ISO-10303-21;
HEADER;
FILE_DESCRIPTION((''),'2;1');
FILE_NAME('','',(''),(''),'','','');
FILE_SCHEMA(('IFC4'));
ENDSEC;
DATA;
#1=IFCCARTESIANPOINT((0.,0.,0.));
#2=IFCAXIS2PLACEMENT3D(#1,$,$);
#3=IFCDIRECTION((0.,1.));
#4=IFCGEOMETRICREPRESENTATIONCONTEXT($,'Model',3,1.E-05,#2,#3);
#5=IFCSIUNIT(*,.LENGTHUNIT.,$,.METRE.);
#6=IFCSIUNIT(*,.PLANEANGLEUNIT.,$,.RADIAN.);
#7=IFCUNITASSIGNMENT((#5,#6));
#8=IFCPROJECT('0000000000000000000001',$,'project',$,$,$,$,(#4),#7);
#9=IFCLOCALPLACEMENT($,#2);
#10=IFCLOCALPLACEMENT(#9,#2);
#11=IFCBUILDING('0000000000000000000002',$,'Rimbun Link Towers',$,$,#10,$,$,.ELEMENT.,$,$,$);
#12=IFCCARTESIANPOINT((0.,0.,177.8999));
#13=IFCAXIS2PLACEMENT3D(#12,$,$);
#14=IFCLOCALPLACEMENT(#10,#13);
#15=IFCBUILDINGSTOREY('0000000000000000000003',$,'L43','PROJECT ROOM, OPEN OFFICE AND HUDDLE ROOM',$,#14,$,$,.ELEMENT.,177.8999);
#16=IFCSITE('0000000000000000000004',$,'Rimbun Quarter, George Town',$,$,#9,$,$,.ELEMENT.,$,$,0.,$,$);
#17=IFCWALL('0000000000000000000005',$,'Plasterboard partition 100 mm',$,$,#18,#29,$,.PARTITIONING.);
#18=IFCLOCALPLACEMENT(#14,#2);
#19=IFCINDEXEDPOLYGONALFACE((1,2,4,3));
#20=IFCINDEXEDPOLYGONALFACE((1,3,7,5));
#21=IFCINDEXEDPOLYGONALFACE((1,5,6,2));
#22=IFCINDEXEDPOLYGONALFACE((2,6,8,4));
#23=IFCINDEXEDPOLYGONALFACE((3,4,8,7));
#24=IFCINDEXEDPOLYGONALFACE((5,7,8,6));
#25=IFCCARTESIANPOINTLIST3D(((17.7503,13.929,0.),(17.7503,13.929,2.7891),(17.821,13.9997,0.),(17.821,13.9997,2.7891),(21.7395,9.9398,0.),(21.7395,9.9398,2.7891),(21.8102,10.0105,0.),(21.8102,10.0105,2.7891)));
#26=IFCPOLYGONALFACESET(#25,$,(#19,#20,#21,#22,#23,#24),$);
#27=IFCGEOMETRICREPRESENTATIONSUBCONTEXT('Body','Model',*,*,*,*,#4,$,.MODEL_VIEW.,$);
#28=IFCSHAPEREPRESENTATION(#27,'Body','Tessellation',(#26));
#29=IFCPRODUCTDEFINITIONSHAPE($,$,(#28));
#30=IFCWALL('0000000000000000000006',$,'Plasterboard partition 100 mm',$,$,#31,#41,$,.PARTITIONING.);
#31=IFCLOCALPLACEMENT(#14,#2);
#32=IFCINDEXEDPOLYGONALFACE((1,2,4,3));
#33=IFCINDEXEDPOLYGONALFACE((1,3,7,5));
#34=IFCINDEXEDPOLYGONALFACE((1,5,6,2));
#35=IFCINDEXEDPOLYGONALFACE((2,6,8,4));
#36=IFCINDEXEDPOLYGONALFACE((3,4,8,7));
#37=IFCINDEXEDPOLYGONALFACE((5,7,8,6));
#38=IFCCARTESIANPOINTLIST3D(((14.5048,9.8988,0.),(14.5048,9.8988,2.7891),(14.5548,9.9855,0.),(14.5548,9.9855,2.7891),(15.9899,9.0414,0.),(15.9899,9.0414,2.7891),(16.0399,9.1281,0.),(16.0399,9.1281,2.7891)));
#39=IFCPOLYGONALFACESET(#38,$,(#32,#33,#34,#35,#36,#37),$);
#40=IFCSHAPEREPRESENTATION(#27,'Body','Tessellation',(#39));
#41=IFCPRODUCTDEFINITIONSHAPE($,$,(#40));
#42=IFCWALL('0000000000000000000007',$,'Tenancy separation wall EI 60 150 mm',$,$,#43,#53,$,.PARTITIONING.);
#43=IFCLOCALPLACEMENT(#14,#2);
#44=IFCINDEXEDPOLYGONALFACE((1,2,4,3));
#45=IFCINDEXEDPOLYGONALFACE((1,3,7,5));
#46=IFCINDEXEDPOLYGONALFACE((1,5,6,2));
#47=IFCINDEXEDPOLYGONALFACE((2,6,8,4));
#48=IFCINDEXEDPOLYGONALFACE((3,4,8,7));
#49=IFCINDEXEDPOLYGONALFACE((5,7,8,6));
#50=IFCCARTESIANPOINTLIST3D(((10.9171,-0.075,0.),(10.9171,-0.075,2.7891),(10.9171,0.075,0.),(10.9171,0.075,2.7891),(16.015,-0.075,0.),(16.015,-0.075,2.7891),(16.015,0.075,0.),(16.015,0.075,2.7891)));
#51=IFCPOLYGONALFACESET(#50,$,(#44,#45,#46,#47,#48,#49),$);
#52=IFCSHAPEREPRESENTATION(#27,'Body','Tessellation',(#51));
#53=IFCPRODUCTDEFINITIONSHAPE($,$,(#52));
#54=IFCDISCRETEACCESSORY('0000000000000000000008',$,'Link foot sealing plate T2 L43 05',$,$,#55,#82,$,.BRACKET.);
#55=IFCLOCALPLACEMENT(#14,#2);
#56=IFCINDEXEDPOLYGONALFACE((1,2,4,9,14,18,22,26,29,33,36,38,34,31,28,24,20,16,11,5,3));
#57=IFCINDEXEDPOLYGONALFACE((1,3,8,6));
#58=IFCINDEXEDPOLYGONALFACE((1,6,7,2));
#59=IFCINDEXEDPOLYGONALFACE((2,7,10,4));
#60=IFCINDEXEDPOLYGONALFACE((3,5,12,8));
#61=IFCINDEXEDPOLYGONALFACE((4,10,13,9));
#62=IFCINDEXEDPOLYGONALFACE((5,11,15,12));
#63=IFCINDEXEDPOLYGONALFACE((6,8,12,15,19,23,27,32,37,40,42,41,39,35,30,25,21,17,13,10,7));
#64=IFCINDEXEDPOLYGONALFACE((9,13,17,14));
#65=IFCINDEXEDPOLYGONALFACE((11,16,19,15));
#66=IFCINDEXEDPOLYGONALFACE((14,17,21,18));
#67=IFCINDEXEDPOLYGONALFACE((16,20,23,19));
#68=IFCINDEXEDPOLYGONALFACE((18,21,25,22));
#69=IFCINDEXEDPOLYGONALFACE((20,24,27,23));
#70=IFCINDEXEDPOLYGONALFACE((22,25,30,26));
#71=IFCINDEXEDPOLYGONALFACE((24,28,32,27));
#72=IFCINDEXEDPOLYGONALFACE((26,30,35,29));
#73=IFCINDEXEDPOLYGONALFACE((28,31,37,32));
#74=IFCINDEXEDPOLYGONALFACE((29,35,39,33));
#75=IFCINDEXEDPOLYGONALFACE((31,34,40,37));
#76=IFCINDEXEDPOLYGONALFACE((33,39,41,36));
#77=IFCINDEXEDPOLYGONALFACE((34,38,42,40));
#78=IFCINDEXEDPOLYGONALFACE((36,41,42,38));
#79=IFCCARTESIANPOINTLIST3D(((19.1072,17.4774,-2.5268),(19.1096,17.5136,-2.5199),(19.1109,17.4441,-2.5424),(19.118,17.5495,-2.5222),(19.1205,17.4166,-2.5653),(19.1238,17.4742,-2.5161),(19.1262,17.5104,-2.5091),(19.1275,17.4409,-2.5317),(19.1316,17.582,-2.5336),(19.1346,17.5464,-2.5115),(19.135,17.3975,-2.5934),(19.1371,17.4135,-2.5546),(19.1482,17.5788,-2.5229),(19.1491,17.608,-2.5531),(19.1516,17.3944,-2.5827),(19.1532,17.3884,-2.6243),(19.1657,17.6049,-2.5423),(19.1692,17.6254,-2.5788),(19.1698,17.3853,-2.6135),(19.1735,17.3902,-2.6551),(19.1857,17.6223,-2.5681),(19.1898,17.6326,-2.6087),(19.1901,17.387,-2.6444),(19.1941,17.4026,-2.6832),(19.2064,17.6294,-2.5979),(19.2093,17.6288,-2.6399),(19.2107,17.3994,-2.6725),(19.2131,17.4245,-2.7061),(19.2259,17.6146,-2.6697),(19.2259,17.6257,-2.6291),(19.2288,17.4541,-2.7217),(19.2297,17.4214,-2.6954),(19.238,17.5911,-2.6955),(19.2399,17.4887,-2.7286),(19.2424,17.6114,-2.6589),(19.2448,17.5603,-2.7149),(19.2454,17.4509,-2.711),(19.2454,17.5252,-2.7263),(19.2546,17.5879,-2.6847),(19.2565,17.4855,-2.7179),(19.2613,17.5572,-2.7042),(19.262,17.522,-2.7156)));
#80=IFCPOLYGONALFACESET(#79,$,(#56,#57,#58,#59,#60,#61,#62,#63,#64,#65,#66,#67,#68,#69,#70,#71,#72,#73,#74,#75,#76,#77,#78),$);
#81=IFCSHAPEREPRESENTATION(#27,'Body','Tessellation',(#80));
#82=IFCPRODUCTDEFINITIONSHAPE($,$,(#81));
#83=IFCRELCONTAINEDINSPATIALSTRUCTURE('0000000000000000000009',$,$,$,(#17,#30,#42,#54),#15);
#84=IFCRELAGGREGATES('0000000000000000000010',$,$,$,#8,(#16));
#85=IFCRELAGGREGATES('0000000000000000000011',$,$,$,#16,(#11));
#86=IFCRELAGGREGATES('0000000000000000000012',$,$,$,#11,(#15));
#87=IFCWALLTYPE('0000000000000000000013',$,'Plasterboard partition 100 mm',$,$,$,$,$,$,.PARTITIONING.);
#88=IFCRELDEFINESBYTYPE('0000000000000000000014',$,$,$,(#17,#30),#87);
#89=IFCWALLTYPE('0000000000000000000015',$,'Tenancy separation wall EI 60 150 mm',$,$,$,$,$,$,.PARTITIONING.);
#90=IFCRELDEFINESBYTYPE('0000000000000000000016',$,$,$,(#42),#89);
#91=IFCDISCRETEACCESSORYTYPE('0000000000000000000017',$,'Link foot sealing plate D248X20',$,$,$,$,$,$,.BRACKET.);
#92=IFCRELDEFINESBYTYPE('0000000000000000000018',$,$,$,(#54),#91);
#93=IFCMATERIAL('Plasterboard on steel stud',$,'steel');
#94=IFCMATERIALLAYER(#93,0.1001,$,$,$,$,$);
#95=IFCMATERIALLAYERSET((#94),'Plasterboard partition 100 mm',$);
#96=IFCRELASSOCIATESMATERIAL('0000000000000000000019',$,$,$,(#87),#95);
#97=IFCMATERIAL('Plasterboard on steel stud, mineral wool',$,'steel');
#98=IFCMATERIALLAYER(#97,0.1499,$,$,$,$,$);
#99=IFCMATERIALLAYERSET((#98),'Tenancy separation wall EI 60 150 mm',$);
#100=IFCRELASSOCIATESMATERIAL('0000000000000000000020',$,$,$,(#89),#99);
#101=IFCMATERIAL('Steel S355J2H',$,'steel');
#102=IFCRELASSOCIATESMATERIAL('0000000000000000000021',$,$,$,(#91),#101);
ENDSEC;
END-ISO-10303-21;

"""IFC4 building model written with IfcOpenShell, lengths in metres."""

from ifc_helpers import new_model, si_unit, direction, frame, frame_2d, origin, origin_2d, place, context, subcontext, project, spatial, rectangle, circle, extrude, material, layer, layer_set, material_profile, profile_set, type_object, element, save


model = new_model("IFC4")

# Units and contexts
model_context = context("Model", 3, precision=1e-05, world=origin(), true_north=direction((0.0, 1.0)))
body_context = subcontext(model_context, "Body", "Model", "MODEL_VIEW")
ifc_project = project(units=[si_unit("LENGTHUNIT", "METRE"), si_unit("PLANEANGLEUNIT", "RADIAN")], contexts=[model_context])

# Site, building, storey
site_placement = place(None, origin())
site = spatial("IfcSite", under=ifc_project, at=site_placement, Name="Rimbun Quarter, George Town", CompositionType="ELEMENT", RefElevation=0.0)
building_placement = place(site_placement, origin())
building = spatial("IfcBuilding", under=site, at=building_placement, Name="Rimbun Link Towers", CompositionType="ELEMENT")
storey_placement = place(building_placement, frame((0.0, 0.0, 177.8999)))
storey = spatial("IfcBuildingStorey", under=building, at=storey_placement, Name="L43", Description="PROJECT ROOM, OPEN OFFICE AND HUDDLE ROOM", CompositionType="ELEMENT", Elevation=177.8999)

# Walls
ifc_material_1 = material(Name="Plasterboard on steel stud", Category="steel")
ifc_layer_1 = layer(ifc_material_1, 0.1001)
ifc_layer_set_1 = layer_set([ifc_layer_1], Name="Plasterboard partition 100 mm")
wall_type_1 = type_object("IfcWallType", Name="Plasterboard partition 100 mm", PredefinedType="PARTITIONING", material=ifc_layer_set_1)
wall_1_placement = place(storey_placement, frame((17.7856, 13.9644, 0.0), z_axis=(0.0, 0.0, 1.0), x_axis=(0.707107, -0.707107, 0.0)))
element("IfcWall", 1, at=wall_1_placement, inside=storey, type_object=wall_type_1, Name="Plasterboard partition 100 mm", PredefinedType="PARTITIONING", context=body_context, shape_type="SweptSolid", body=[
    extrude(rectangle(XDim=5.6416, YDim=0.1001, at=frame_2d((2.8208, 0.0))), origin(), (0.0, 0.0, 1.0), 2.7891),
])
wall_2_placement = place(storey_placement, frame((14.5298, 9.9421, 0.0), z_axis=(0.0, 0.0, 1.0), x_axis=(0.866027, -0.499998, 0.0)))
element("IfcWall", 2, at=wall_2_placement, inside=storey, type_object=wall_type_1, Name="Plasterboard partition 100 mm", PredefinedType="PARTITIONING", context=body_context, shape_type="SweptSolid", body=[
    extrude(rectangle(XDim=1.7148, YDim=0.1001, at=frame_2d((0.8574, 0.0))), origin(), (0.0, 0.0, 1.0), 2.7891),
])
ifc_material_2 = material(Name="Plasterboard on steel stud, mineral wool", Category="steel")
ifc_layer_2 = layer(ifc_material_2, 0.1499)
ifc_layer_set_2 = layer_set([ifc_layer_2], Name="Tenancy separation wall EI 60 150 mm")
wall_type_2 = type_object("IfcWallType", Name="Tenancy separation wall EI 60 150 mm", PredefinedType="PARTITIONING", material=ifc_layer_set_2)
wall_3_placement = place(storey_placement, frame((16.0149, 0.0, 0.0), z_axis=(0.0, 0.0, 1.0), x_axis=(-1.0, 0.0, 0.0)))
element("IfcWall", 3, at=wall_3_placement, inside=storey, type_object=wall_type_2, Name="Tenancy separation wall EI 60 150 mm", PredefinedType="PARTITIONING", context=body_context, shape_type="SweptSolid", body=[
    extrude(rectangle(XDim=5.0979, YDim=0.1499, at=frame_2d((2.5488, 0.0))), origin(), (0.0, 0.0, 1.0), 2.7891),
])

# Discrete accessory
ifc_material_3 = material(Name="Steel S355J2H", Category="steel")
ifc_material_profile_1 = material_profile(ifc_material_3, circle(Radius=0.124, at=origin_2d()), Name="PL D248")
ifc_profile_set_1 = profile_set([ifc_material_profile_1], Name="Steel S355J2H")
discrete_accessory_type = type_object("IfcDiscreteAccessoryType", Name="Link foot sealing plate D248X20", PredefinedType="BRACKET", material=ifc_profile_set_1)
discrete_accessory_placement = place(storey_placement, frame((19.1931, 17.5071, -2.6135), z_axis=(-0.82896, 0.158478, -0.536386), x_axis=(-0.187776, -0.982212, 0.0)))
element("IfcDiscreteAccessory", 4, at=discrete_accessory_placement, inside=storey, type_object=discrete_accessory_type, Name="Link foot sealing plate T2 L43 05", PredefinedType="BRACKET", context=body_context, shape_type="SweptSolid", body=[
    extrude(circle(Radius=0.124, at=origin_2d()), origin(), (0.0, 0.0, 1.0), 0.02),
])

save(model, "model.ifc")
